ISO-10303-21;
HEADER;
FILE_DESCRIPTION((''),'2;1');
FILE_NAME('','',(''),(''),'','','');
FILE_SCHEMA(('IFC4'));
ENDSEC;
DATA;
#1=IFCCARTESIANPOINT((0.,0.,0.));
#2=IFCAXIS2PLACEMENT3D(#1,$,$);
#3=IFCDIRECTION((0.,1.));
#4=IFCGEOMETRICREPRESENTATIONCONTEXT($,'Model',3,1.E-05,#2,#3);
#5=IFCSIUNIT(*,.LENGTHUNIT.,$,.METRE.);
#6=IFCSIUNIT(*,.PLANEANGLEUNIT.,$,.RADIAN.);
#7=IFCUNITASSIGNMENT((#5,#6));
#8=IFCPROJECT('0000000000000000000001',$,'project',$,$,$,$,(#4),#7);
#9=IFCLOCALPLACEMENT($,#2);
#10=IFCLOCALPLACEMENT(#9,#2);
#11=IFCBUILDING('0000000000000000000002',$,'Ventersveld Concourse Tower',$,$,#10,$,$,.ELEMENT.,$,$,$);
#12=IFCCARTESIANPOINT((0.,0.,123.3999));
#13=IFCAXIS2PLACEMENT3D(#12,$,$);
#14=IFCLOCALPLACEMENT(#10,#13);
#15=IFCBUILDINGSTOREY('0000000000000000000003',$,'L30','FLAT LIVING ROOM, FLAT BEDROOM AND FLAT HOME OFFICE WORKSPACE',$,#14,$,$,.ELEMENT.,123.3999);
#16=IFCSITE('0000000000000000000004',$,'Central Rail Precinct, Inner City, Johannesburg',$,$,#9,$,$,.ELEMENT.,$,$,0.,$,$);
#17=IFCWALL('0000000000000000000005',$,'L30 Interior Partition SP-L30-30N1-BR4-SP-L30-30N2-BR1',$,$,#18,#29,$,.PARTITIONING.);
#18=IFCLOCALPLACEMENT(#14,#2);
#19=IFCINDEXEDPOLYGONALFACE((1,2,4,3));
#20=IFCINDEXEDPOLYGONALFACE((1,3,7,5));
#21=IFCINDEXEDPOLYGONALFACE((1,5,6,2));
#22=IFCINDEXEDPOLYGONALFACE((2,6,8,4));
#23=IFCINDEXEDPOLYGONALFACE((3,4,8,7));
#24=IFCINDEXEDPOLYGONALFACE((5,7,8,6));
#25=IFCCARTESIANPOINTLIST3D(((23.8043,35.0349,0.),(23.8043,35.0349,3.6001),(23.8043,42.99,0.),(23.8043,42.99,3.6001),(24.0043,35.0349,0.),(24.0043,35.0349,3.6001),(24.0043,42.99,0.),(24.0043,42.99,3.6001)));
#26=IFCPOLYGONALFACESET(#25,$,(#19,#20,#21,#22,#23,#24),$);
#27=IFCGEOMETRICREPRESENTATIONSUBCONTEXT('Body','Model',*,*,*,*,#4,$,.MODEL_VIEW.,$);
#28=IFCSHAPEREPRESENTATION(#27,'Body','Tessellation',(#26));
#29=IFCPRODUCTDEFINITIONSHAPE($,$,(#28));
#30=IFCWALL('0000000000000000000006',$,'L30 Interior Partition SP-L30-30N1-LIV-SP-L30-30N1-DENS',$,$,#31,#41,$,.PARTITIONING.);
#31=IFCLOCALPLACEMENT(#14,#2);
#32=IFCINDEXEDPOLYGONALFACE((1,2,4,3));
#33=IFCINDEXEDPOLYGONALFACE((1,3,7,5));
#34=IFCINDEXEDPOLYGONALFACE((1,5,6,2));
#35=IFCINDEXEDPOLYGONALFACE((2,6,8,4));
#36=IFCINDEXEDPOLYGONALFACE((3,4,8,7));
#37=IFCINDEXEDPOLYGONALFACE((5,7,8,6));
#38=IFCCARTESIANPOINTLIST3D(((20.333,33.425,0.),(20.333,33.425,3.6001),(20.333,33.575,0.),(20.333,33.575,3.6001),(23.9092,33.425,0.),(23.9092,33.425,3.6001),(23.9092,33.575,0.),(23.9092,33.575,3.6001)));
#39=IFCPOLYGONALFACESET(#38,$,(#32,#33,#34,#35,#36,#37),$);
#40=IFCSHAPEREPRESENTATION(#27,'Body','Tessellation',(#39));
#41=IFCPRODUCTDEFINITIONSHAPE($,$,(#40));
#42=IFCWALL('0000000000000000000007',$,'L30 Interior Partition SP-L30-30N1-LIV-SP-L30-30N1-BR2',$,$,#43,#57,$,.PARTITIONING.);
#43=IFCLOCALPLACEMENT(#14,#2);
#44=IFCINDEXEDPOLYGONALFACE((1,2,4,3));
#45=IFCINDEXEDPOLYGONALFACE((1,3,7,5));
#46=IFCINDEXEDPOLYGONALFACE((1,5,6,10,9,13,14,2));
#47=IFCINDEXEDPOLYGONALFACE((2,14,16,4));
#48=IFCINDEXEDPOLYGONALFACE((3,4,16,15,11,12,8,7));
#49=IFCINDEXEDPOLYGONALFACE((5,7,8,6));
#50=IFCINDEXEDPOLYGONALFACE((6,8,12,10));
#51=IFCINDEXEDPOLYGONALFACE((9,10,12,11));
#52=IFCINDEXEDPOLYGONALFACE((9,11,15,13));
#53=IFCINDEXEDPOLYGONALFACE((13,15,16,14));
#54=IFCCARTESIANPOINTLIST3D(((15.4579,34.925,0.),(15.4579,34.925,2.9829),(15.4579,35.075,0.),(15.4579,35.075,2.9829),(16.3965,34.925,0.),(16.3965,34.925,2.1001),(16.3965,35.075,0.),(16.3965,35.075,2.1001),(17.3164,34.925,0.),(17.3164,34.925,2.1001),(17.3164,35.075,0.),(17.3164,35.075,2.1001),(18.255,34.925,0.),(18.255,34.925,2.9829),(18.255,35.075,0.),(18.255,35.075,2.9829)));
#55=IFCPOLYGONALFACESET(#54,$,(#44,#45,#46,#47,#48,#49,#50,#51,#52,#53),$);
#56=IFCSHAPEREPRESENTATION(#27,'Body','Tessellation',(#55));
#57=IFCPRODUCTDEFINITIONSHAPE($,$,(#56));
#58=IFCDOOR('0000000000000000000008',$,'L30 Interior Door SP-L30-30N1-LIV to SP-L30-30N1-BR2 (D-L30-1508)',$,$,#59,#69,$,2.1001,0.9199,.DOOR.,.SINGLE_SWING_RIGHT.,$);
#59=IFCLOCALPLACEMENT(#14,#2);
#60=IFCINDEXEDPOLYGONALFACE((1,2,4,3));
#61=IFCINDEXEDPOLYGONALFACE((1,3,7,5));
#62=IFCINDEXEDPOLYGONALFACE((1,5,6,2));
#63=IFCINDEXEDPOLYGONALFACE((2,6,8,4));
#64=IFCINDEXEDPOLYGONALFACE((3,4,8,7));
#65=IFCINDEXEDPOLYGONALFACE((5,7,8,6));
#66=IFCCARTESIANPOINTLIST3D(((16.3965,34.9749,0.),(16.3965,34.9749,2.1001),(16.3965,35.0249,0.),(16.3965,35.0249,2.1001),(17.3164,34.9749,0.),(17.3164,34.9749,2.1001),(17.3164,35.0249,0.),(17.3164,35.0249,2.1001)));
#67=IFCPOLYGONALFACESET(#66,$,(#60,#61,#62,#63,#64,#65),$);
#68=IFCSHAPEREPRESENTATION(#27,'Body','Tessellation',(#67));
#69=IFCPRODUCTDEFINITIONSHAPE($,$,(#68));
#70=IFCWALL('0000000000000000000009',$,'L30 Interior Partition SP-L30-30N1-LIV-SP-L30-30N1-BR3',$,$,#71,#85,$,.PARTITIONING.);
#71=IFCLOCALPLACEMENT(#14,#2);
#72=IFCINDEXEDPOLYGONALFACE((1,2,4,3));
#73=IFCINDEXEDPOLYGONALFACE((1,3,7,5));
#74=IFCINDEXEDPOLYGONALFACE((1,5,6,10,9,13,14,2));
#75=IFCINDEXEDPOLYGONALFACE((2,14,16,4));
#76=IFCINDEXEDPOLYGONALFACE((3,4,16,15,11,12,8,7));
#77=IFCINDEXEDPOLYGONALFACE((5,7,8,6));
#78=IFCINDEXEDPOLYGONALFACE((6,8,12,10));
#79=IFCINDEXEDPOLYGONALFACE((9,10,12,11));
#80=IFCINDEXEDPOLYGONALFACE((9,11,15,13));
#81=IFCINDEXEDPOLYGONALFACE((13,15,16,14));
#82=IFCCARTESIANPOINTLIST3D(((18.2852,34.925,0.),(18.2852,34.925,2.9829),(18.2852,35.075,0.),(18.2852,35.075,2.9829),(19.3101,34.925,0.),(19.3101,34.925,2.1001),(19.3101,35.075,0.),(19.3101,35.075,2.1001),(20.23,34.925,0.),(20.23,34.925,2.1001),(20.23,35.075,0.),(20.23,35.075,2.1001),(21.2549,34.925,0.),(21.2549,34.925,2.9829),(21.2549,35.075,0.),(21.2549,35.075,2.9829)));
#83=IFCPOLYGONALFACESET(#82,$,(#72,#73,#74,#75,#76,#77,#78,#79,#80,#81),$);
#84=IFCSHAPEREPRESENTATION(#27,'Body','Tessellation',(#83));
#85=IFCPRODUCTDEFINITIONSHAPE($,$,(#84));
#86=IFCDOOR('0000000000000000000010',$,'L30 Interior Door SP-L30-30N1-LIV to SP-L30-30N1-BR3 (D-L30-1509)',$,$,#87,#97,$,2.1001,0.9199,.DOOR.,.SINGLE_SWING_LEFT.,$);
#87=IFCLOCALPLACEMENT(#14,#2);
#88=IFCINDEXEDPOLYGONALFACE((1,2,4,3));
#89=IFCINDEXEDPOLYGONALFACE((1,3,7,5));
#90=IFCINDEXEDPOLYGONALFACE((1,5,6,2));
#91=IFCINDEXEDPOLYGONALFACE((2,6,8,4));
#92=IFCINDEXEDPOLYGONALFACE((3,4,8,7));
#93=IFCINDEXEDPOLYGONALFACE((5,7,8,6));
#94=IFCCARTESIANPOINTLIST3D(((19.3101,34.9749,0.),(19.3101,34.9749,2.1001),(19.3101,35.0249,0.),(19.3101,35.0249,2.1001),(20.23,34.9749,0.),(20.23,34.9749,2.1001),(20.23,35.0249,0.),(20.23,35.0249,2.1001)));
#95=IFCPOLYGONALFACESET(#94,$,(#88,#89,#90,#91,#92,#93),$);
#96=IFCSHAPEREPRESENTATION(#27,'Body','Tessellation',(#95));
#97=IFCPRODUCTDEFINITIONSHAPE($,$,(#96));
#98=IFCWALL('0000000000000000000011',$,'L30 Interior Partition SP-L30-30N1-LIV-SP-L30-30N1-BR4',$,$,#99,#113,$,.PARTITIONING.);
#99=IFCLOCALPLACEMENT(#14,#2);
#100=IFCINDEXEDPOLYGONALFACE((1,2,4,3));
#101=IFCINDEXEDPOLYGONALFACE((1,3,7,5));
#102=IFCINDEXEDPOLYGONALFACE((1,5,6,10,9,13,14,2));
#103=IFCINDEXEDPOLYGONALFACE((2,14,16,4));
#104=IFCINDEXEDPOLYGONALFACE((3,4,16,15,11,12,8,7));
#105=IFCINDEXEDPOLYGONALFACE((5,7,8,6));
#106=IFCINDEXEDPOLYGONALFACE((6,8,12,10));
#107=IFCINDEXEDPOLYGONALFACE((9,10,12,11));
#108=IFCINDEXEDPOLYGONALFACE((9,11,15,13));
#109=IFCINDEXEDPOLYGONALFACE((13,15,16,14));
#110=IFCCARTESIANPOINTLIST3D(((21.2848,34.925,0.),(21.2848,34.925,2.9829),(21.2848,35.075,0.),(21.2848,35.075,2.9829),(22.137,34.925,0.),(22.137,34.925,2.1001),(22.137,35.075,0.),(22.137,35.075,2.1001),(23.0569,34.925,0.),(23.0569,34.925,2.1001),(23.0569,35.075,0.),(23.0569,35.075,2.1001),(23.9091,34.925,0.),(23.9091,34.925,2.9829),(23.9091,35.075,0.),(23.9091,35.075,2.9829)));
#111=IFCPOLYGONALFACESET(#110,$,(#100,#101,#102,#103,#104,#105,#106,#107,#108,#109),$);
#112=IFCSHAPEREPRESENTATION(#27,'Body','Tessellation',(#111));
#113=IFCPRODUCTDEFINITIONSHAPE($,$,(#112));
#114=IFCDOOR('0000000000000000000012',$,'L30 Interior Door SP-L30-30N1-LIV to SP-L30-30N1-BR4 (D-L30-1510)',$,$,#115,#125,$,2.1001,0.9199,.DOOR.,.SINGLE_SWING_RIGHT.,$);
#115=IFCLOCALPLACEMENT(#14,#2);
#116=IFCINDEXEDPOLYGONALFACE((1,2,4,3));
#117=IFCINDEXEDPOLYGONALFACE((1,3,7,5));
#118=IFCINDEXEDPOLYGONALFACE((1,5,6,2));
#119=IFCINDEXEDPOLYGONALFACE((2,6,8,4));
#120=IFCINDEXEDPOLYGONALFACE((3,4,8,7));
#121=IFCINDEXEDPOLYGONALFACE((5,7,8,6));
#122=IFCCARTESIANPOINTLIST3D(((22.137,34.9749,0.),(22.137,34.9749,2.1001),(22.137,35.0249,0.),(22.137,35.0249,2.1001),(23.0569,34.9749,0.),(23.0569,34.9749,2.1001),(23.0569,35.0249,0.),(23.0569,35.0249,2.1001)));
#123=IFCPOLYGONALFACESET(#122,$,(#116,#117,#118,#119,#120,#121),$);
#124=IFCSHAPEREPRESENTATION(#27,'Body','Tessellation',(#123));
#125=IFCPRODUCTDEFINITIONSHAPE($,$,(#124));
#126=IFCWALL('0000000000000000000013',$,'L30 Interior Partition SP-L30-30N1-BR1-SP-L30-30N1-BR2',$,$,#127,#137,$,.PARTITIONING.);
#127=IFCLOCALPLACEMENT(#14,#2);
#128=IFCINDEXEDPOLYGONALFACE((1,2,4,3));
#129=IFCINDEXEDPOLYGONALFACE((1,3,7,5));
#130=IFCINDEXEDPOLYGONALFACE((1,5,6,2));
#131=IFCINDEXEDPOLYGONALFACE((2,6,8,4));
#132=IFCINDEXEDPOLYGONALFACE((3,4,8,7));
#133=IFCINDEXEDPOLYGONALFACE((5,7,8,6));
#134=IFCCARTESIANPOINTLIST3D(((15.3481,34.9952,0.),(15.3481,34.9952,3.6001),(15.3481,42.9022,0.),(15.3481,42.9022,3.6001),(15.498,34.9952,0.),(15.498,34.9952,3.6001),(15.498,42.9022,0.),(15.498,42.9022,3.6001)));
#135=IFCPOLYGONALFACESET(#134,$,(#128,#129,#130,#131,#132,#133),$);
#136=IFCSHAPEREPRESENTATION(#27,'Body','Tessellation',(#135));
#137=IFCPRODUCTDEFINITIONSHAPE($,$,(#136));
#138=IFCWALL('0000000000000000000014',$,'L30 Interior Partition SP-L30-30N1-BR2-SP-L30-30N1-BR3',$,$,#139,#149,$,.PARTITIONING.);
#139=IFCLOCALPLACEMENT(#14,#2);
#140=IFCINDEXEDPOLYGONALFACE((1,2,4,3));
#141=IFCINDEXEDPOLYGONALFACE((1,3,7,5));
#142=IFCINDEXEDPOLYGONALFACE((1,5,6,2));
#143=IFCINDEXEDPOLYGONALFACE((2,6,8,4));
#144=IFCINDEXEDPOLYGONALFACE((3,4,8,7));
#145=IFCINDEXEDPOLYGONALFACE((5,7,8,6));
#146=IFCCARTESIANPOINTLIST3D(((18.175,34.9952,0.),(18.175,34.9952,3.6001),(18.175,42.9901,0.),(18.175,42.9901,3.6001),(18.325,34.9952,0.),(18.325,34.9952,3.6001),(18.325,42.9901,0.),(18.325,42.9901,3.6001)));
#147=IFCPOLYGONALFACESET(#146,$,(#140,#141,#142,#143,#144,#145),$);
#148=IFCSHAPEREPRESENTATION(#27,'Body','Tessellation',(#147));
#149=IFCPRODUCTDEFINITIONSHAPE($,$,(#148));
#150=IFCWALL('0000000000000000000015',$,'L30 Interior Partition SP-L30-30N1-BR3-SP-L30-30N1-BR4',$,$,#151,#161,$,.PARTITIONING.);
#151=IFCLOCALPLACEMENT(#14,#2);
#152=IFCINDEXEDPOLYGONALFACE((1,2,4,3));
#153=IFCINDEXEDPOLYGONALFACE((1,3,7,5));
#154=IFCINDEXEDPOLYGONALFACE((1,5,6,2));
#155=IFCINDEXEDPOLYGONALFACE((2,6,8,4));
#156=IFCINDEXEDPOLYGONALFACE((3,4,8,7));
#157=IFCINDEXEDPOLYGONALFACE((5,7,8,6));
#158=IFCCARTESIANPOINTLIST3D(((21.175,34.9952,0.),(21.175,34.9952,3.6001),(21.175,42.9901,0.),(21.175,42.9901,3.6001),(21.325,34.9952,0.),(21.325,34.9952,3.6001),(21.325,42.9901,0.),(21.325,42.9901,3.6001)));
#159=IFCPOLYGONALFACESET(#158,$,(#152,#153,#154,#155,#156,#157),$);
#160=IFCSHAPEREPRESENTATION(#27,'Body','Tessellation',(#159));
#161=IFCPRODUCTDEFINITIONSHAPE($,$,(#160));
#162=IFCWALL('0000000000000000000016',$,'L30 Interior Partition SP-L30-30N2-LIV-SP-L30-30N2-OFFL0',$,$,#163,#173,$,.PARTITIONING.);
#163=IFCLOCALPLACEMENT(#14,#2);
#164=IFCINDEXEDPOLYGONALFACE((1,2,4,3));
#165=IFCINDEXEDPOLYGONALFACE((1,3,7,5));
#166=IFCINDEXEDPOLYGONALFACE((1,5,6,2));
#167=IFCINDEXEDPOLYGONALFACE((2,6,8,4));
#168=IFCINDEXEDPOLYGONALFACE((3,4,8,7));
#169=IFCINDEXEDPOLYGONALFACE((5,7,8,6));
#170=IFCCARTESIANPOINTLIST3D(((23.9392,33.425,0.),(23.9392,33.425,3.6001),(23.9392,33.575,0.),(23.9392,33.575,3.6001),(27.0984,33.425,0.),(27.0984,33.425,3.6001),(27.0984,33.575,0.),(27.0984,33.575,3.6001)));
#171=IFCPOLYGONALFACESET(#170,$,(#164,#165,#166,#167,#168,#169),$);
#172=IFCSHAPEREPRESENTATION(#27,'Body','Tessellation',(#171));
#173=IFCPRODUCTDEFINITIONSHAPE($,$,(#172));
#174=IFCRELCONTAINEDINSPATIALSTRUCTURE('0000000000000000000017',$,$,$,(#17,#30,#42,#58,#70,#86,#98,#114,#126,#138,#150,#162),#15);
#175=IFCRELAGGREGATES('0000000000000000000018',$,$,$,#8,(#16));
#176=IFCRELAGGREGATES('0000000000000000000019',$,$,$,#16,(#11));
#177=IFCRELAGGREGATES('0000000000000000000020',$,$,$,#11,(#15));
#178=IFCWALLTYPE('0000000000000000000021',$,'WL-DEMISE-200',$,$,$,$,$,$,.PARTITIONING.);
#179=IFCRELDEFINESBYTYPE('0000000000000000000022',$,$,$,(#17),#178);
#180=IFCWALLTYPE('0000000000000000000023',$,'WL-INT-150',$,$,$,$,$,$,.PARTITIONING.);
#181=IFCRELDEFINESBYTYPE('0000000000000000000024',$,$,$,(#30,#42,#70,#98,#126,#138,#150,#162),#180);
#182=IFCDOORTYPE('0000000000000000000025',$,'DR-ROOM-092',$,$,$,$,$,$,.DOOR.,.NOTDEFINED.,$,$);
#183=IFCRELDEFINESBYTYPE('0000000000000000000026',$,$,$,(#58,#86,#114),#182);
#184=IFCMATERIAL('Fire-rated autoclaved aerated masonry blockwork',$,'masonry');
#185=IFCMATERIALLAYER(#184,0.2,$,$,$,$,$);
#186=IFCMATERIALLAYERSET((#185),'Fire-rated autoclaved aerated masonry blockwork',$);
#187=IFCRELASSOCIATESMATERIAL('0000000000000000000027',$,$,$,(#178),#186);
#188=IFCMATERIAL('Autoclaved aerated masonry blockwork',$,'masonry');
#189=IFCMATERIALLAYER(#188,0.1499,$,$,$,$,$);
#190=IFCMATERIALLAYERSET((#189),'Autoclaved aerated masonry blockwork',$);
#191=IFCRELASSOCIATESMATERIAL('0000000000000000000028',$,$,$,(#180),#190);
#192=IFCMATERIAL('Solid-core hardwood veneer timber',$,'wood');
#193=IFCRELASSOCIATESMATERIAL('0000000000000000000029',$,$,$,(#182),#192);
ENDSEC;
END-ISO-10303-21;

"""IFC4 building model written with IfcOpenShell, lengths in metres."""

from ifc_helpers import new_model, si_unit, direction, frame, frame_2d, origin, place, context, subcontext, project, spatial, rectangle, extrude, material, layer, layer_set, type_object, element, fill, save


model = new_model("IFC4")

# Units and contexts
model_context = context("Model", 3, precision=1e-05, world=origin(), true_north=direction((0.0, 1.0)))
body_context = subcontext(model_context, "Body", "Model", "MODEL_VIEW")
ifc_project = project(units=[si_unit("LENGTHUNIT", "METRE"), si_unit("PLANEANGLEUNIT", "RADIAN")], contexts=[model_context])

# Site, building, storey
site_placement = place(None, origin())
site = spatial("IfcSite", under=ifc_project, at=site_placement, Name="Central Rail Precinct, Inner City, Johannesburg", CompositionType="ELEMENT", RefElevation=0.0)
building_placement = place(site_placement, origin())
building = spatial("IfcBuilding", under=site, at=building_placement, Name="Ventersveld Concourse Tower", CompositionType="ELEMENT")
storey_placement = place(building_placement, frame((0.0, 0.0, 123.3999)))
storey = spatial("IfcBuildingStorey", under=building, at=storey_placement, Name="L30", Description="FLAT LIVING ROOM, FLAT BEDROOM AND FLAT HOME OFFICE WORKSPACE", CompositionType="ELEMENT", Elevation=123.3999)

# Walls
ifc_material_1 = material(Name="Fire-rated autoclaved aerated masonry blockwork", Category="masonry")
ifc_layer_1 = layer(ifc_material_1, 0.2)
ifc_layer_set_1 = layer_set([ifc_layer_1], Name="Fire-rated autoclaved aerated masonry blockwork")
wall_type_1 = type_object("IfcWallType", Name="WL-DEMISE-200", PredefinedType="PARTITIONING", material=ifc_layer_set_1)
wall_1_placement = place(storey_placement, frame((23.9043, 35.0349, 0.0), z_axis=(0.0, 0.0, 1.0), x_axis=(0.0, 1.0, 0.0)))
element("IfcWall", 1, at=wall_1_placement, inside=storey, type_object=wall_type_1, Name="L30 Interior Partition SP-L30-30N1-BR4-SP-L30-30N2-BR1", PredefinedType="PARTITIONING", context=body_context, shape_type="SweptSolid", body=[
    extrude(rectangle(XDim=7.9551, YDim=0.2, at=frame_2d((3.9775, 0.0))), origin(), (0.0, 0.0, 1.0), 3.6001),
])
ifc_material_2 = material(Name="Autoclaved aerated masonry blockwork", Category="masonry")
ifc_layer_2 = layer(ifc_material_2, 0.1499)
ifc_layer_set_2 = layer_set([ifc_layer_2], Name="Autoclaved aerated masonry blockwork")
wall_type_2 = type_object("IfcWallType", Name="WL-INT-150", PredefinedType="PARTITIONING", material=ifc_layer_set_2)
wall_2_placement = place(storey_placement, frame((20.333, 33.5, 0.0), z_axis=(0.0, 0.0, 1.0), x_axis=(1.0, 0.0, 0.0)))
element("IfcWall", 2, at=wall_2_placement, inside=storey, type_object=wall_type_2, Name="L30 Interior Partition SP-L30-30N1-LIV-SP-L30-30N1-DENS", PredefinedType="PARTITIONING", context=body_context, shape_type="SweptSolid", body=[
    extrude(rectangle(XDim=3.5762, YDim=0.1499, at=frame_2d((1.7881, 0.0))), origin(), (0.0, 0.0, 1.0), 3.6001),
])

# Walls, openings, doors
wall_3_placement = place(storey_placement, frame((15.458, 35.0, 0.0), z_axis=(0.0, 0.0, 1.0), x_axis=(1.0, 0.0, 0.0)))
wall_3 = element("IfcWall", 3, at=wall_3_placement, inside=storey, type_object=wall_type_2, Name="L30 Interior Partition SP-L30-30N1-LIV-SP-L30-30N1-BR2", PredefinedType="PARTITIONING", context=body_context, shape_type="SweptSolid", body=[
    extrude(rectangle(XDim=2.7971, YDim=0.1499, at=frame_2d((1.3984, 0.0))), origin(), (0.0, 0.0, 1.0), 2.9829),
])
opening_1_placement = place(wall_3_placement, frame((0.9385, 0.0, 0.0)))
opening_1 = element("IfcOpeningElement", 4, at=opening_1_placement, cuts=wall_3, PredefinedType="OPENING", context=body_context, shape_type="SweptSolid", body=[
    extrude(rectangle(XDim=0.9199, YDim=2.1001, at=frame_2d((0.46, 1.05))), frame((0.0, 0.085, 0.0), z_axis=(0.0, -1.0, 0.0), x_axis=(1.0, 0.0, 0.0)), (0.0, 0.0, 1.0), 0.1699),
])
ifc_material_3 = material(Name="Solid-core hardwood veneer timber", Category="wood")
door_type = type_object("IfcDoorType", Name="DR-ROOM-092", OperationType="NOTDEFINED", PredefinedType="DOOR", material=ifc_material_3)
door_1_placement = place(opening_1_placement, origin())
door_1 = element("IfcDoor", 5, at=door_1_placement, inside=storey, type_object=door_type, Name="L30 Interior Door SP-L30-30N1-LIV to SP-L30-30N1-BR2 (D-L30-1508)", OperationType="SINGLE_SWING_RIGHT", OverallHeight=2.1001, OverallWidth=0.9199, PredefinedType="DOOR", context=body_context, shape_type="SweptSolid", body=[
    extrude(rectangle(XDim=0.9199, YDim=2.1001, at=frame_2d((0.46, 1.05))), frame((0.0, 0.0249, 0.0), z_axis=(0.0, -1.0, 0.0), x_axis=(1.0, 0.0, 0.0)), (0.0, 0.0, 1.0), 0.05),
])
fill(opening_1, door_1)
wall_4_placement = place(storey_placement, frame((18.2852, 35.0, 0.0), z_axis=(0.0, 0.0, 1.0), x_axis=(1.0, 0.0, 0.0)))
wall_4 = element("IfcWall", 6, at=wall_4_placement, inside=storey, type_object=wall_type_2, Name="L30 Interior Partition SP-L30-30N1-LIV-SP-L30-30N1-BR3", PredefinedType="PARTITIONING", context=body_context, shape_type="SweptSolid", body=[
    extrude(rectangle(XDim=2.9697, YDim=0.1499, at=frame_2d((1.4849, 0.0))), origin(), (0.0, 0.0, 1.0), 2.9829),
])
opening_2_placement = place(wall_4_placement, frame((1.0249, 0.0, 0.0)))
opening_2 = element("IfcOpeningElement", 7, at=opening_2_placement, cuts=wall_4, PredefinedType="OPENING", context=body_context, shape_type="SweptSolid", body=[
    extrude(rectangle(XDim=0.9199, YDim=2.1001, at=frame_2d((0.46, 1.05))), frame((0.0, 0.085, 0.0), z_axis=(0.0, -1.0, 0.0), x_axis=(1.0, 0.0, 0.0)), (0.0, 0.0, 1.0), 0.1699),
])
door_2_placement = place(opening_2_placement, origin())
door_2 = element("IfcDoor", 8, at=door_2_placement, inside=storey, type_object=door_type, Name="L30 Interior Door SP-L30-30N1-LIV to SP-L30-30N1-BR3 (D-L30-1509)", OperationType="SINGLE_SWING_LEFT", OverallHeight=2.1001, OverallWidth=0.9199, PredefinedType="DOOR", context=body_context, shape_type="SweptSolid", body=[
    extrude(rectangle(XDim=0.9199, YDim=2.1001, at=frame_2d((0.46, 1.05))), frame((0.0, 0.0249, 0.0), z_axis=(0.0, -1.0, 0.0), x_axis=(1.0, 0.0, 0.0)), (0.0, 0.0, 1.0), 0.05),
])
fill(opening_2, door_2)
wall_5_placement = place(storey_placement, frame((21.2849, 35.0, 0.0), z_axis=(0.0, 0.0, 1.0), x_axis=(1.0, 0.0, 0.0)))
wall_5 = element("IfcWall", 9, at=wall_5_placement, inside=storey, type_object=wall_type_2, Name="L30 Interior Partition SP-L30-30N1-LIV-SP-L30-30N1-BR4", PredefinedType="PARTITIONING", context=body_context, shape_type="SweptSolid", body=[
    extrude(rectangle(XDim=2.6243, YDim=0.1499, at=frame_2d((1.312, 0.0))), origin(), (0.0, 0.0, 1.0), 2.9829),
])
opening_3_placement = place(wall_5_placement, frame((0.8521, 0.0, 0.0)))
opening_3 = element("IfcOpeningElement", 10, at=opening_3_placement, cuts=wall_5, PredefinedType="OPENING", context=body_context, shape_type="SweptSolid", body=[
    extrude(rectangle(XDim=0.9199, YDim=2.1001, at=frame_2d((0.46, 1.05))), frame((0.0, 0.085, 0.0), z_axis=(0.0, -1.0, 0.0), x_axis=(1.0, 0.0, 0.0)), (0.0, 0.0, 1.0), 0.1699),
])
door_3_placement = place(opening_3_placement, origin())
door_3 = element("IfcDoor", 11, at=door_3_placement, inside=storey, type_object=door_type, Name="L30 Interior Door SP-L30-30N1-LIV to SP-L30-30N1-BR4 (D-L30-1510)", OperationType="SINGLE_SWING_RIGHT", OverallHeight=2.1001, OverallWidth=0.9199, PredefinedType="DOOR", context=body_context, shape_type="SweptSolid", body=[
    extrude(rectangle(XDim=0.9199, YDim=2.1001, at=frame_2d((0.46, 1.05))), frame((0.0, 0.0249, 0.0), z_axis=(0.0, -1.0, 0.0), x_axis=(1.0, 0.0, 0.0)), (0.0, 0.0, 1.0), 0.05),
])
fill(opening_3, door_3)

# Walls
wall_6_placement = place(storey_placement, frame((15.4231, 34.9951, 0.0), z_axis=(0.0, 0.0, 1.0), x_axis=(0.0, 1.0, 0.0)))
element("IfcWall", 12, at=wall_6_placement, inside=storey, type_object=wall_type_2, Name="L30 Interior Partition SP-L30-30N1-BR1-SP-L30-30N1-BR2", PredefinedType="PARTITIONING", context=body_context, shape_type="SweptSolid", body=[
    extrude(rectangle(XDim=7.907, YDim=0.1499, at=frame_2d((3.9536, 0.0))), origin(), (0.0, 0.0, 1.0), 3.6001),
])
for number, where, z_axis, x_axis, name in (
    (13, (18.25, 34.9951, 0.0), (0.0, 0.0, 1.0), (0.0, 1.0, 0.0), "L30 Interior Partition SP-L30-30N1-BR2-SP-L30-30N1-BR3"),
    (14, (21.25, 34.9951, 0.0), (0.0, 0.0, 1.0), (0.0, 1.0, 0.0), "L30 Interior Partition SP-L30-30N1-BR3-SP-L30-30N1-BR4"),
):
    element("IfcWall", number, at=place(storey_placement, frame(where, z_axis=z_axis, x_axis=x_axis)), inside=storey, type_object=wall_type_2, Name=name, PredefinedType="PARTITIONING", context=body_context, shape_type="SweptSolid", body=[
        extrude(rectangle(XDim=7.9949, YDim=0.1499, at=frame_2d((3.9976, 0.0))), origin(), (0.0, 0.0, 1.0), 3.6001),
    ])
wall_7_placement = place(storey_placement, frame((23.9392, 33.5, 0.0), z_axis=(0.0, 0.0, 1.0), x_axis=(1.0, 0.0, 0.0)))
element("IfcWall", 15, at=wall_7_placement, inside=storey, type_object=wall_type_2, Name="L30 Interior Partition SP-L30-30N2-LIV-SP-L30-30N2-OFFL0", PredefinedType="PARTITIONING", context=body_context, shape_type="SweptSolid", body=[
    extrude(rectangle(XDim=3.1592, YDim=0.1499, at=frame_2d((1.5796, 0.0))), origin(), (0.0, 0.0, 1.0), 3.6001),
])

save(model, "model.ifc")
